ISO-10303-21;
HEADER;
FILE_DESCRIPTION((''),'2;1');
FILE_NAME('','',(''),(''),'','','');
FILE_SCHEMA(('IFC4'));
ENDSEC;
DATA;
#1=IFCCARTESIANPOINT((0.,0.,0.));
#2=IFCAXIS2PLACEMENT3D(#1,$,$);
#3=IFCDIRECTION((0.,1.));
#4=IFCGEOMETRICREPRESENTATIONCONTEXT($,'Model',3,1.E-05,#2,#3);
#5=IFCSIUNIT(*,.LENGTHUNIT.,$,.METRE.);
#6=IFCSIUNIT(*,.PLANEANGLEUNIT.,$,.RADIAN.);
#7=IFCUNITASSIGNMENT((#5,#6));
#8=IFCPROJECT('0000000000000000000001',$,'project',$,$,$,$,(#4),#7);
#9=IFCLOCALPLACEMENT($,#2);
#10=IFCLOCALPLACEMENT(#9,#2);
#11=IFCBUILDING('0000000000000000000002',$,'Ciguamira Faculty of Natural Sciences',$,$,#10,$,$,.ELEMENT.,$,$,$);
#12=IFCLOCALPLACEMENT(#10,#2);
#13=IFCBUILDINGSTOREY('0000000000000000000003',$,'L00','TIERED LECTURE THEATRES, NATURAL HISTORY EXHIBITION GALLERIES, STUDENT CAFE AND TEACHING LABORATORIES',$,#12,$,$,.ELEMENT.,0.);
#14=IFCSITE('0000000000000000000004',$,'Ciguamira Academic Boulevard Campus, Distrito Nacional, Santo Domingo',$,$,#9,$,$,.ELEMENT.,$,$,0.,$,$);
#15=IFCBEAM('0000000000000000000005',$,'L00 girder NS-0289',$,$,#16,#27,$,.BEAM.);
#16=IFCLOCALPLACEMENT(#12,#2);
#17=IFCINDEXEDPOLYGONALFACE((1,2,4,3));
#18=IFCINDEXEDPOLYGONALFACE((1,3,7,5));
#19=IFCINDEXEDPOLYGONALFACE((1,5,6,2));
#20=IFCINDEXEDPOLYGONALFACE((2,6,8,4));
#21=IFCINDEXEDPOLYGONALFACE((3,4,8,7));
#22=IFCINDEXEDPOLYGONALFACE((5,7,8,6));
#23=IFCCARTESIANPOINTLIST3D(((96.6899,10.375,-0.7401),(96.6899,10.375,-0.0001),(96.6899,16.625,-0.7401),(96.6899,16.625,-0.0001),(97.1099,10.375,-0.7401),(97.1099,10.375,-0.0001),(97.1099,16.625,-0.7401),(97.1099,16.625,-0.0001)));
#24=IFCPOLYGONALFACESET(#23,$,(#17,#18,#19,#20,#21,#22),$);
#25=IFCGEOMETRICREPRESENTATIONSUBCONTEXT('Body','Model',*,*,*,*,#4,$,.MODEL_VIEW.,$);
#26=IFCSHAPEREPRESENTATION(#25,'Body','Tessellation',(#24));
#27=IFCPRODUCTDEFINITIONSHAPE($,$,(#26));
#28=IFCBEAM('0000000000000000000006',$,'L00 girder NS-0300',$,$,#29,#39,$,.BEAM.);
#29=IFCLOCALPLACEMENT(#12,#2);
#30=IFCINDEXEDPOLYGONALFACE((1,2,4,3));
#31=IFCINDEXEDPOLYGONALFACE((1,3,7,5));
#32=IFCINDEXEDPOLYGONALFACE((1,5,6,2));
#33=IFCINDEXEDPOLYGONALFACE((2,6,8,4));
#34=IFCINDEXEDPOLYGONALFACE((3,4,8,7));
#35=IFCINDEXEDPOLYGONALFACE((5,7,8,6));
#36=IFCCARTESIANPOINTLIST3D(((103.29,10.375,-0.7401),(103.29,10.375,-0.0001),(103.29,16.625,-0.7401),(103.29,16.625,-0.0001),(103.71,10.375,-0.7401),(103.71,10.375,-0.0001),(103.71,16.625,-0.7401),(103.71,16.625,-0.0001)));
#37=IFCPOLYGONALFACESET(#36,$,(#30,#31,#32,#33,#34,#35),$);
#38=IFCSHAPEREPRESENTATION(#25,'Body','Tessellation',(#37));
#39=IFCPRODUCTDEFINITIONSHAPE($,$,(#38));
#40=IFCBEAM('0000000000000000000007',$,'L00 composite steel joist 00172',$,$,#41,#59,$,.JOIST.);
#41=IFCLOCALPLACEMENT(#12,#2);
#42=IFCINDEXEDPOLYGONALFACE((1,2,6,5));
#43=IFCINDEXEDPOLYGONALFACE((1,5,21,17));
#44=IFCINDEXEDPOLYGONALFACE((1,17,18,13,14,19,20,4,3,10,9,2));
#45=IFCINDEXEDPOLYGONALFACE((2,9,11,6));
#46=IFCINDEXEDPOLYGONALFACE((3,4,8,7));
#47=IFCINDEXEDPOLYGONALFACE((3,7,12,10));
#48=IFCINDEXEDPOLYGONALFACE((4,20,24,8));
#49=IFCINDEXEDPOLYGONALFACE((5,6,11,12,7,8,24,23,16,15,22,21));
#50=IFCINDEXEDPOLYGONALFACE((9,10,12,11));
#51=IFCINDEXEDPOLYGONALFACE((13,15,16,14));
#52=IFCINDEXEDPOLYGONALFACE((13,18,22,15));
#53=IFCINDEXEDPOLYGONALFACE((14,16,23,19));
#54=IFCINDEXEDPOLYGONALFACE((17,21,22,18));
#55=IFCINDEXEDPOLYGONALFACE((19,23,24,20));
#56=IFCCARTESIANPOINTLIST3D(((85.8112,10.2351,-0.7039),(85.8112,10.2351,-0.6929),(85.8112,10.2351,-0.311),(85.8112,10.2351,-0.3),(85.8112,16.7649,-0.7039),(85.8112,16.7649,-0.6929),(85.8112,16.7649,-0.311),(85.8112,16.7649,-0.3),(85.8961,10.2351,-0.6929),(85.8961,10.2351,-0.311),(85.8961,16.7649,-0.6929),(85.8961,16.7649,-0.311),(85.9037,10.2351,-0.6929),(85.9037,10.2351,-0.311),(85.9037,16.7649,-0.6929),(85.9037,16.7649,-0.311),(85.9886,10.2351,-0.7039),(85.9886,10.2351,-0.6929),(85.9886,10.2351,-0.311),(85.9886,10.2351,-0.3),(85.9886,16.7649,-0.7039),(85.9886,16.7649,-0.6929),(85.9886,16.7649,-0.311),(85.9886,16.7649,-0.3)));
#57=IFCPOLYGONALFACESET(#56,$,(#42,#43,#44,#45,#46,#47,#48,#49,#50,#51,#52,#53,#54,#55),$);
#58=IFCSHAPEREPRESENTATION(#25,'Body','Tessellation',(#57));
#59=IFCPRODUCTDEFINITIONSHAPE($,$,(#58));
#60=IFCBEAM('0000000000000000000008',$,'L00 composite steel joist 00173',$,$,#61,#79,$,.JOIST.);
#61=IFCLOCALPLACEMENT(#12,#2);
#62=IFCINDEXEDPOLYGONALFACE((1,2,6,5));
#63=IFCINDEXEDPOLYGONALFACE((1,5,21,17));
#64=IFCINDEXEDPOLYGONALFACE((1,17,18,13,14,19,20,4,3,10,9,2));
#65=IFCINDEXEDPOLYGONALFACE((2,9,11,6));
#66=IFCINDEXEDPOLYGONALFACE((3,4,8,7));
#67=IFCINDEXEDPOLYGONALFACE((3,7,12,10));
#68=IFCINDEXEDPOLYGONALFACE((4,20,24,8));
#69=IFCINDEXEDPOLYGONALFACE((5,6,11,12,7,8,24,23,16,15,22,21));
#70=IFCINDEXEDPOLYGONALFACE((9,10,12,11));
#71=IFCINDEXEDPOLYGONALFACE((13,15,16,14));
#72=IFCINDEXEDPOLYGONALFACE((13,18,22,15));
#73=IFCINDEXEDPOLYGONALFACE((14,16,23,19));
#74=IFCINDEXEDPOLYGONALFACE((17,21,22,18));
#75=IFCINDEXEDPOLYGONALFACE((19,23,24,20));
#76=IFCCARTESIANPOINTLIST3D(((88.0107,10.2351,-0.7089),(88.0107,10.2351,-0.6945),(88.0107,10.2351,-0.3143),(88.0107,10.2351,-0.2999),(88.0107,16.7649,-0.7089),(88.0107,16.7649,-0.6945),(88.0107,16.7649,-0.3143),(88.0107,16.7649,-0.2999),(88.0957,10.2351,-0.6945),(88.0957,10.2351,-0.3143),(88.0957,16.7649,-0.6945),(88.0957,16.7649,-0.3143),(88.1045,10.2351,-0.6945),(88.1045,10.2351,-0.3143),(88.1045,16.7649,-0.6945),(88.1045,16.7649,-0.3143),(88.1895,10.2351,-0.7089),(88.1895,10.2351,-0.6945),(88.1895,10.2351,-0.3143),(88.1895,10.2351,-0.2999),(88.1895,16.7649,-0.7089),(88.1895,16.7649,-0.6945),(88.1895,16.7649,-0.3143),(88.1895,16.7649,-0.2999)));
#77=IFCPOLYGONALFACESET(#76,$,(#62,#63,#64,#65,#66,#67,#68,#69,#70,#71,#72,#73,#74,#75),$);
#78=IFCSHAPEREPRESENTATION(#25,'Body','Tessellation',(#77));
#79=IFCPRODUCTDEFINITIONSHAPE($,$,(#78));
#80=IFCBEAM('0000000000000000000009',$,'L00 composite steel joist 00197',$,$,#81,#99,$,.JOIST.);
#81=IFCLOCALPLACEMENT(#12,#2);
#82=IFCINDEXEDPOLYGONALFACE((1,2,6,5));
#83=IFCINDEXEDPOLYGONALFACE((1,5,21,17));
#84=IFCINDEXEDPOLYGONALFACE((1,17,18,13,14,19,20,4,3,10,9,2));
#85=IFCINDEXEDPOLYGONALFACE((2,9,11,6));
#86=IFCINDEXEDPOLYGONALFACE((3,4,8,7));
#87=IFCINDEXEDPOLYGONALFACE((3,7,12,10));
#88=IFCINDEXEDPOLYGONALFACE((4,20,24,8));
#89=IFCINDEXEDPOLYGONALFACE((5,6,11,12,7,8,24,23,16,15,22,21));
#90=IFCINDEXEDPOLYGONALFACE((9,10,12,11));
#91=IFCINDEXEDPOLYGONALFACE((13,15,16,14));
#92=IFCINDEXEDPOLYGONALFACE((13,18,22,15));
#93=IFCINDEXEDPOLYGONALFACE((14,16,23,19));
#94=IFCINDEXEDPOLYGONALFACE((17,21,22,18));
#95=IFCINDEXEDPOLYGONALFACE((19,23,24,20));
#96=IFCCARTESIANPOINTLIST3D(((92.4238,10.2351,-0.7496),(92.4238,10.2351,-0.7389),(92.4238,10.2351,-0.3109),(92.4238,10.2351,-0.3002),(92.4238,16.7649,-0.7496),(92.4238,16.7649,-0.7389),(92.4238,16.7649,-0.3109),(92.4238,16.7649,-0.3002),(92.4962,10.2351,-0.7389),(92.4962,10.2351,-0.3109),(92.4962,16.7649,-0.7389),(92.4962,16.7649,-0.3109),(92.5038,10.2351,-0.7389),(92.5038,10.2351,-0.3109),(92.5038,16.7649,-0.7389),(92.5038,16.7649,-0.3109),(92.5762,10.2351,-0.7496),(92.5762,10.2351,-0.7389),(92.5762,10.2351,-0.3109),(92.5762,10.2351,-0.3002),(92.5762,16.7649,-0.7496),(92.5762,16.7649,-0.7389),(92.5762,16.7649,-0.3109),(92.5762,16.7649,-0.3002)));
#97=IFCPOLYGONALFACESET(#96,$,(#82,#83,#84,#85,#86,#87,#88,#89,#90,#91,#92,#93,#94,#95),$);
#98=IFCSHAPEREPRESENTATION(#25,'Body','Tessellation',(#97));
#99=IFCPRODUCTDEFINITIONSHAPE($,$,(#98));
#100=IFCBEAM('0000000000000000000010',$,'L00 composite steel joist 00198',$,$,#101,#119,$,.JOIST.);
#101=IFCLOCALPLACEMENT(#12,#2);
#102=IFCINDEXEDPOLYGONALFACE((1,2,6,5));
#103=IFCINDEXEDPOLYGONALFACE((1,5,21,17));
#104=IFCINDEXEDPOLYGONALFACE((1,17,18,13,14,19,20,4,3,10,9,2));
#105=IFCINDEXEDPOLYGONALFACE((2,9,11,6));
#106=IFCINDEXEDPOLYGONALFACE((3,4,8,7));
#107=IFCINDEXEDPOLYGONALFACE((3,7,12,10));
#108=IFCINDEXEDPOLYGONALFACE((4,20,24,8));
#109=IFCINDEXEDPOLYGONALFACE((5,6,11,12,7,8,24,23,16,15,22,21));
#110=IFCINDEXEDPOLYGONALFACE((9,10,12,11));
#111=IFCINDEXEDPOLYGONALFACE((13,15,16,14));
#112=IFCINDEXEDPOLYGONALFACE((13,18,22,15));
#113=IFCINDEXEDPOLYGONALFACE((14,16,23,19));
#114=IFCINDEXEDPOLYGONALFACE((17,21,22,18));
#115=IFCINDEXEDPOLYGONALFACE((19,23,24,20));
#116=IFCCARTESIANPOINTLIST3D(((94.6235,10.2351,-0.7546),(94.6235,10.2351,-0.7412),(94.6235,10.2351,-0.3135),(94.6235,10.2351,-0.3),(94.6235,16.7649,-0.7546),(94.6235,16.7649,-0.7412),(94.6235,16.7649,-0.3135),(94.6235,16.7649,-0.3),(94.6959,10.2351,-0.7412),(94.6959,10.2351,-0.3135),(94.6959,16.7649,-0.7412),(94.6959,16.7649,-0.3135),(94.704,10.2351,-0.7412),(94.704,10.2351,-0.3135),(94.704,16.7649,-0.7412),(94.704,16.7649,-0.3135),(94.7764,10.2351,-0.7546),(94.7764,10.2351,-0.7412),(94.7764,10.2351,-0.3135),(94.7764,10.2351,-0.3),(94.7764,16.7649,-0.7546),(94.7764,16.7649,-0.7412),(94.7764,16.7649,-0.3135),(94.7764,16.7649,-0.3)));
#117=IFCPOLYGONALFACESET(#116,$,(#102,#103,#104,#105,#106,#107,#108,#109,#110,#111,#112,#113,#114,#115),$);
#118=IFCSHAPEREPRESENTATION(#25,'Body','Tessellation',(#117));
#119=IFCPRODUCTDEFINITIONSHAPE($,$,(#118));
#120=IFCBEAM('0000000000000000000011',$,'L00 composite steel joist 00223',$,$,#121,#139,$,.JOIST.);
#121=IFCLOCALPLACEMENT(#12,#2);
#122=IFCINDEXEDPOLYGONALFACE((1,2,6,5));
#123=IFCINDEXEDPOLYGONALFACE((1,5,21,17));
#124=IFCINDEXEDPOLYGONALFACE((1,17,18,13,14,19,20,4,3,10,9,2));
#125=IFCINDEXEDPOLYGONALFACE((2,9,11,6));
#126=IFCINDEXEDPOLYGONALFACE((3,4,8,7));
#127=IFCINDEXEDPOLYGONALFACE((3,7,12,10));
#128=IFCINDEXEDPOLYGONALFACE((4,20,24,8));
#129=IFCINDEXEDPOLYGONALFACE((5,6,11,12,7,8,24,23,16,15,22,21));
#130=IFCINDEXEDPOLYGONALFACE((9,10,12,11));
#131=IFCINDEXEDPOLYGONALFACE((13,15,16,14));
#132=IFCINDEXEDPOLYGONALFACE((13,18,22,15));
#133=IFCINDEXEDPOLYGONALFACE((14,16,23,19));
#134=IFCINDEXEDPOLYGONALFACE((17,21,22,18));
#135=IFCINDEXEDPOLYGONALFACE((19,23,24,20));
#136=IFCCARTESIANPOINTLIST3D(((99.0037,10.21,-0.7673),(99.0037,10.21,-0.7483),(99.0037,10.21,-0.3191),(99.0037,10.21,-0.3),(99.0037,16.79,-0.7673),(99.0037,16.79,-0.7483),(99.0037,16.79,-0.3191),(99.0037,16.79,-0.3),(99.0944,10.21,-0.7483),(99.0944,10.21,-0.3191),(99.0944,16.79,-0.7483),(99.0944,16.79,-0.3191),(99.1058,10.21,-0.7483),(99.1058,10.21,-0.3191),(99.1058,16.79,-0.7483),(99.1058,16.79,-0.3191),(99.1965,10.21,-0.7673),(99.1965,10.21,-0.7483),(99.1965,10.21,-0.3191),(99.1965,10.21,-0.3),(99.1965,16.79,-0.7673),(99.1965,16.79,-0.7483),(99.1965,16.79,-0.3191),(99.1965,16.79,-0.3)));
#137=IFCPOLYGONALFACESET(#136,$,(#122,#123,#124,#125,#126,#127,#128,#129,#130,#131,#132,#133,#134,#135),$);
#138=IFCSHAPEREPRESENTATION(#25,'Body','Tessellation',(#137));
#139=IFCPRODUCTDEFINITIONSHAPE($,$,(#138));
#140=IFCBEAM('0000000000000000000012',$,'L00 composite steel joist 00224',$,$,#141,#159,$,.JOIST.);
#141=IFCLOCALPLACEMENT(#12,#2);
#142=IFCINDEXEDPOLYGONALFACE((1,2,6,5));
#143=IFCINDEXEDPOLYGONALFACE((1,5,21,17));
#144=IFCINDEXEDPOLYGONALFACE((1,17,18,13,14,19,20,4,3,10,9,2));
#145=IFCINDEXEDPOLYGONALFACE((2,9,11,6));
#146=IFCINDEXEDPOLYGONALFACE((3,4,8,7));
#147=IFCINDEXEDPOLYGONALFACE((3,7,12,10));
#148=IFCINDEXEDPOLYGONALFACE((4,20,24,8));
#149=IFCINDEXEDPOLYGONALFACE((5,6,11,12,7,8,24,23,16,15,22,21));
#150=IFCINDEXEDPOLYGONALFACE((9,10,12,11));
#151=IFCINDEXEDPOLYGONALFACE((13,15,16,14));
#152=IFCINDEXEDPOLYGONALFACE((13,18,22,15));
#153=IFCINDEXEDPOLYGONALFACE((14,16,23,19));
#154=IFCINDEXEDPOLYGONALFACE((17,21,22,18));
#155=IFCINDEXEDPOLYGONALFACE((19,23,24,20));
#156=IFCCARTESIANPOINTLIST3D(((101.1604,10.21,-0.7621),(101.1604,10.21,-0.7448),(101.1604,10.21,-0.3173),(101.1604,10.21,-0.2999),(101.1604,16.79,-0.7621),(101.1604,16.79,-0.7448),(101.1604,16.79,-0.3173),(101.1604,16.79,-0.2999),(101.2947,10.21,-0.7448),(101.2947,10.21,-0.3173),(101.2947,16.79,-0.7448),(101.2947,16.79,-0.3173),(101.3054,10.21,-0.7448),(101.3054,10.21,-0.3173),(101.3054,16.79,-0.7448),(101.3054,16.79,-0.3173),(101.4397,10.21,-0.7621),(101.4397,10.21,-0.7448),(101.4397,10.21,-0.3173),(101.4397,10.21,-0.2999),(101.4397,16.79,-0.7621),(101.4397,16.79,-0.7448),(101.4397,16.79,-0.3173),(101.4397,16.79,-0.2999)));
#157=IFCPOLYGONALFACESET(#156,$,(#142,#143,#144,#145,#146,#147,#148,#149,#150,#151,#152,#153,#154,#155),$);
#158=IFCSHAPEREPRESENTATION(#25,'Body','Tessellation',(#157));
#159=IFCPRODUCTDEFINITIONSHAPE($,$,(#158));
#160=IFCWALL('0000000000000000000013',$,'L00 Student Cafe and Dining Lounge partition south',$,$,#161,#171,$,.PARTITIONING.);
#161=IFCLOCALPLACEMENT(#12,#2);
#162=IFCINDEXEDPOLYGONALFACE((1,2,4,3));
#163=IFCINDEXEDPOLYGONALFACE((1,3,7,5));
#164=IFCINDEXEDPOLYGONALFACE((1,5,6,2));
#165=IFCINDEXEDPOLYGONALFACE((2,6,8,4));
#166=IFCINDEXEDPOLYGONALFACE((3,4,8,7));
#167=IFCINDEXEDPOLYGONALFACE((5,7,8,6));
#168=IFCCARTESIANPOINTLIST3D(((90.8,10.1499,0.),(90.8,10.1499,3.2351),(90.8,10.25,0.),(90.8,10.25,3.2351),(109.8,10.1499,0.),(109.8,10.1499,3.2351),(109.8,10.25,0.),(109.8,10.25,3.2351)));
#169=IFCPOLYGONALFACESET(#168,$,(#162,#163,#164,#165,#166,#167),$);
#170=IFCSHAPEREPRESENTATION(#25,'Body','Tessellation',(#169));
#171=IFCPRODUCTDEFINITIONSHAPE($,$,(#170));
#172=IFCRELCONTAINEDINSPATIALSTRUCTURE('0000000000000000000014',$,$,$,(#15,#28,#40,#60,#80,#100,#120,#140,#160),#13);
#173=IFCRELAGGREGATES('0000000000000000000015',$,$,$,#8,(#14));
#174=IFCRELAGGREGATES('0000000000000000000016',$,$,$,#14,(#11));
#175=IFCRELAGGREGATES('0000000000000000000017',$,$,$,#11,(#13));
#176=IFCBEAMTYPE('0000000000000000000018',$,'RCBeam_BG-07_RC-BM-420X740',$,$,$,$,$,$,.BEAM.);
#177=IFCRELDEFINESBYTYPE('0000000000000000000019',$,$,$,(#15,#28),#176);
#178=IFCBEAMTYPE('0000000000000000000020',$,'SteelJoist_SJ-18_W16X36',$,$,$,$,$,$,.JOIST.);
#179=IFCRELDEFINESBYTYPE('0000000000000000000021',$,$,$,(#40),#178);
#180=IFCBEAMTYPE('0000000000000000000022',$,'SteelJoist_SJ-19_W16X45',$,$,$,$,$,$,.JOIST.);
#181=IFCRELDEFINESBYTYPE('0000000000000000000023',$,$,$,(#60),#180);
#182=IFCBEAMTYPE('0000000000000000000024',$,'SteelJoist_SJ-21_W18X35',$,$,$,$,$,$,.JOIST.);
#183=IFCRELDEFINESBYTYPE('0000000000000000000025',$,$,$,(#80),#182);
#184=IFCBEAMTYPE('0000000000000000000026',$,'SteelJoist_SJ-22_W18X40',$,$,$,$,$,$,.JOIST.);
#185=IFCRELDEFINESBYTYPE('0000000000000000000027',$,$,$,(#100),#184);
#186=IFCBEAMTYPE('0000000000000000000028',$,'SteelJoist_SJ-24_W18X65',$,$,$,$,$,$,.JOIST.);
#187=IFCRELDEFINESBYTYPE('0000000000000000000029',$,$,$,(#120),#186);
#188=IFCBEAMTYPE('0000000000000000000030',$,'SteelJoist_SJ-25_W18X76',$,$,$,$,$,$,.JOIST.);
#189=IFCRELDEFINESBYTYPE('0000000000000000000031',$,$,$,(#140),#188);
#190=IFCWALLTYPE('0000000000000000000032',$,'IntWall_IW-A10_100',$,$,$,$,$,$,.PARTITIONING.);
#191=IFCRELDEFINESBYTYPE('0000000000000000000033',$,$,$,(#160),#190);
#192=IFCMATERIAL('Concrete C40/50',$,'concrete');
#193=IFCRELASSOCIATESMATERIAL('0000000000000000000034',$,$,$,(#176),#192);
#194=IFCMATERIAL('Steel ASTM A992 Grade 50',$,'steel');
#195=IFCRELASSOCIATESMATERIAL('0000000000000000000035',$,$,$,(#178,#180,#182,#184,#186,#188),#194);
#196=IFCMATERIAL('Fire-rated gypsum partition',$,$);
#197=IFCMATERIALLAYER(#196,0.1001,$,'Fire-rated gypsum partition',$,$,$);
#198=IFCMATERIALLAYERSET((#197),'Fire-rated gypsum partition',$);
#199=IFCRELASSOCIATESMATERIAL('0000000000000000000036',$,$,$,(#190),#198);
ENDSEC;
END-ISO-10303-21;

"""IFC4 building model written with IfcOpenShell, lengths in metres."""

from ifc_helpers import new_model, si_unit, direction, frame, frame_2d, origin, origin_2d, place, context, subcontext, project, spatial, rectangle, i_section, extrude, material, layer, layer_set, material_profile, profile_set, type_object, element, save


model = new_model("IFC4")

# Units and contexts
model_context = context("Model", 3, precision=1e-05, world=origin(), true_north=direction((0.0, 1.0)))
body_context = subcontext(model_context, "Body", "Model", "MODEL_VIEW")
ifc_project = project(units=[si_unit("LENGTHUNIT", "METRE"), si_unit("PLANEANGLEUNIT", "RADIAN")], contexts=[model_context])

# Site, building, storey
site_placement = place(None, origin())
site = spatial("IfcSite", under=ifc_project, at=site_placement, Name="Ciguamira Academic Boulevard Campus, Distrito Nacional, Santo Domingo", CompositionType="ELEMENT", RefElevation=0.0)
building_placement = place(site_placement, origin())
building = spatial("IfcBuilding", under=site, at=building_placement, Name="Ciguamira Faculty of Natural Sciences", CompositionType="ELEMENT")
storey_placement = place(building_placement, origin())
storey = spatial("IfcBuildingStorey", under=building, at=storey_placement, Name="L00", Description="TIERED LECTURE THEATRES, NATURAL HISTORY EXHIBITION GALLERIES, STUDENT CAFE AND TEACHING LABORATORIES", CompositionType="ELEMENT", Elevation=0.0)

# Shared definitions
ifc_material_1 = material(Name="Concrete C40/50", Category="concrete")

# Beams
ifc_material_profile_1 = material_profile(ifc_material_1, rectangle(XDim=0.4199, YDim=0.74, at=origin_2d()), Name="RC-BM-420X740")
ifc_profile_set_1 = profile_set([ifc_material_profile_1], Name="Concrete C40/50")
beam_type_1 = type_object("IfcBeamType", Name="RCBeam_BG-07_RC-BM-420X740", PredefinedType="BEAM", material=ifc_profile_set_1)
for number, where, z_axis, x_axis, name in (
    (1, (96.8999, 10.375, -0.3701), (0.0, 1.0, 0.0), (-1.0, 0.0, 0.0), "L00 girder NS-0289"),
    (2, (103.5, 10.375, -0.3701), (0.0, 1.0, 0.0), (-1.0, 0.0, 0.0), "L00 girder NS-0300"),
):
    element("IfcBeam", number, at=place(storey_placement, frame(where, z_axis=z_axis, x_axis=x_axis)), inside=storey, type_object=beam_type_1, Name=name, PredefinedType="BEAM", context=body_context, shape_type="SweptSolid", body=[
        extrude(rectangle(XDim=0.4199, YDim=0.74, at=origin_2d()), origin(), (0.0, 0.0, 1.0), 6.25),
    ])
ifc_material_2 = material(Name="Steel ASTM A992 Grade 50", Category="steel")
ifc_material_profile_2 = material_profile(ifc_material_2, i_section(OverallWidth=0.1775, OverallDepth=0.4038, WebThickness=0.0076, FlangeThickness=0.011, at=origin_2d()), Name="W16X36")
ifc_profile_set_2 = profile_set([ifc_material_profile_2], Name="Steel ASTM A992 Grade 50")
beam_type_2 = type_object("IfcBeamType", Name="SteelJoist_SJ-18_W16X36", PredefinedType="JOIST", material=ifc_profile_set_2)
beam_1_placement = place(storey_placement, frame((85.8999, 10.2351, -0.502), z_axis=(0.0, 1.0, 0.0), x_axis=(-1.0, 0.0, 0.0)))
element("IfcBeam", 3, at=beam_1_placement, inside=storey, type_object=beam_type_2, Name="L00 composite steel joist 00172", PredefinedType="JOIST", context=body_context, shape_type="SweptSolid", body=[
    extrude(i_section(OverallWidth=0.1775, OverallDepth=0.4038, WebThickness=0.0076, FlangeThickness=0.011, at=origin_2d()), origin(), (0.0, 0.0, 1.0), 6.5298),
])
ifc_material_profile_3 = material_profile(ifc_material_2, i_section(OverallWidth=0.1787, OverallDepth=0.4089, WebThickness=0.0088, FlangeThickness=0.0144, at=origin_2d()), Name="W16X45")
ifc_profile_set_3 = profile_set([ifc_material_profile_3], Name="Steel ASTM A992 Grade 50")
beam_type_3 = type_object("IfcBeamType", Name="SteelJoist_SJ-19_W16X45", PredefinedType="JOIST", material=ifc_profile_set_3)
beam_2_placement = place(storey_placement, frame((88.1001, 10.2351, -0.5044), z_axis=(0.0, 1.0, 0.0), x_axis=(-1.0, 0.0, 0.0)))
element("IfcBeam", 4, at=beam_2_placement, inside=storey, type_object=beam_type_3, Name="L00 composite steel joist 00173", PredefinedType="JOIST", context=body_context, shape_type="SweptSolid", body=[
    extrude(i_section(OverallWidth=0.1787, OverallDepth=0.4089, WebThickness=0.0088, FlangeThickness=0.0144, at=origin_2d()), origin(), (0.0, 0.0, 1.0), 6.5298),
])
ifc_material_profile_4 = material_profile(ifc_material_2, i_section(OverallWidth=0.1523, OverallDepth=0.4495, WebThickness=0.0076, FlangeThickness=0.0107, at=origin_2d()), Name="W18X35")
ifc_profile_set_4 = profile_set([ifc_material_profile_4], Name="Steel ASTM A992 Grade 50")
beam_type_4 = type_object("IfcBeamType", Name="SteelJoist_SJ-21_W18X35", PredefinedType="JOIST", material=ifc_profile_set_4)
beam_3_placement = place(storey_placement, frame((92.5, 10.2351, -0.5249), z_axis=(0.0, 1.0, 0.0), x_axis=(-1.0, 0.0, 0.0)))
element("IfcBeam", 5, at=beam_3_placement, inside=storey, type_object=beam_type_4, Name="L00 composite steel joist 00197", PredefinedType="JOIST", context=body_context, shape_type="SweptSolid", body=[
    extrude(i_section(OverallWidth=0.1523, OverallDepth=0.4495, WebThickness=0.0076, FlangeThickness=0.0107, at=origin_2d()), origin(), (0.0, 0.0, 1.0), 6.5298),
])
ifc_material_profile_5 = material_profile(ifc_material_2, i_section(OverallWidth=0.1528, OverallDepth=0.4546, WebThickness=0.0081, FlangeThickness=0.0134, at=origin_2d()), Name="W18X40")
ifc_profile_set_5 = profile_set([ifc_material_profile_5], Name="Steel ASTM A992 Grade 50")
beam_type_5 = type_object("IfcBeamType", Name="SteelJoist_SJ-22_W18X40", PredefinedType="JOIST", material=ifc_profile_set_5)
beam_4_placement = place(storey_placement, frame((94.7, 10.2351, -0.5273), z_axis=(0.0, 1.0, 0.0), x_axis=(-1.0, 0.0, 0.0)))
element("IfcBeam", 6, at=beam_4_placement, inside=storey, type_object=beam_type_5, Name="L00 composite steel joist 00198", PredefinedType="JOIST", context=body_context, shape_type="SweptSolid", body=[
    extrude(i_section(OverallWidth=0.1528, OverallDepth=0.4546, WebThickness=0.0081, FlangeThickness=0.0134, at=origin_2d()), origin(), (0.0, 0.0, 1.0), 6.5298),
])
ifc_material_profile_6 = material_profile(ifc_material_2, i_section(OverallWidth=0.1929, OverallDepth=0.4673, WebThickness=0.0115, FlangeThickness=0.019, at=origin_2d()), Name="W18X65")
ifc_profile_set_6 = profile_set([ifc_material_profile_6], Name="Steel ASTM A992 Grade 50")
beam_type_6 = type_object("IfcBeamType", Name="SteelJoist_SJ-24_W18X65", PredefinedType="JOIST", material=ifc_profile_set_6)
beam_5_placement = place(storey_placement, frame((99.1001, 10.21, -0.5337), z_axis=(0.0, 1.0, 0.0), x_axis=(-1.0, 0.0, 0.0)))
element("IfcBeam", 7, at=beam_5_placement, inside=storey, type_object=beam_type_6, Name="L00 composite steel joist 00223", PredefinedType="JOIST", context=body_context, shape_type="SweptSolid", body=[
    extrude(i_section(OverallWidth=0.1929, OverallDepth=0.4673, WebThickness=0.0115, FlangeThickness=0.019, at=origin_2d()), origin(), (0.0, 0.0, 1.0), 6.5801),
])
ifc_material_profile_7 = material_profile(ifc_material_2, i_section(OverallWidth=0.2793, OverallDepth=0.4622, WebThickness=0.0107, FlangeThickness=0.0173, at=origin_2d()), Name="W18X76")
ifc_profile_set_7 = profile_set([ifc_material_profile_7], Name="Steel ASTM A992 Grade 50")
beam_type_7 = type_object("IfcBeamType", Name="SteelJoist_SJ-25_W18X76", PredefinedType="JOIST", material=ifc_profile_set_7)
beam_6_placement = place(storey_placement, frame((101.3, 10.21, -0.531), z_axis=(0.0, 1.0, 0.0), x_axis=(-1.0, 0.0, 0.0)))
element("IfcBeam", 8, at=beam_6_placement, inside=storey, type_object=beam_type_7, Name="L00 composite steel joist 00224", PredefinedType="JOIST", context=body_context, shape_type="SweptSolid", body=[
    extrude(i_section(OverallWidth=0.2793, OverallDepth=0.4622, WebThickness=0.0107, FlangeThickness=0.0173, at=origin_2d()), origin(), (0.0, 0.0, 1.0), 6.5801),
])

# Wall
ifc_material_3 = material(Name="Fire-rated gypsum partition")
ifc_layer = layer(ifc_material_3, 0.1001, Name="Fire-rated gypsum partition")
ifc_layer_set = layer_set([ifc_layer], Name="Fire-rated gypsum partition")
wall_type = type_object("IfcWallType", Name="IntWall_IW-A10_100", PredefinedType="PARTITIONING", material=ifc_layer_set)
wall_1_placement = place(storey_placement, frame((90.8, 10.2, 0.0), z_axis=(0.0, 0.0, 1.0), x_axis=(1.0, 0.0, 0.0)))
element("IfcWall", 9, at=wall_1_placement, inside=storey, type_object=wall_type, Name="L00 Student Cafe and Dining Lounge partition south", PredefinedType="PARTITIONING", context=body_context, shape_type="SweptSolid", body=[
    extrude(rectangle(XDim=19.0, YDim=0.1001, at=frame_2d((9.5, 0.0))), origin(), (0.0, 0.0, 1.0), 3.2351),
])

save(model, "model.ifc")
